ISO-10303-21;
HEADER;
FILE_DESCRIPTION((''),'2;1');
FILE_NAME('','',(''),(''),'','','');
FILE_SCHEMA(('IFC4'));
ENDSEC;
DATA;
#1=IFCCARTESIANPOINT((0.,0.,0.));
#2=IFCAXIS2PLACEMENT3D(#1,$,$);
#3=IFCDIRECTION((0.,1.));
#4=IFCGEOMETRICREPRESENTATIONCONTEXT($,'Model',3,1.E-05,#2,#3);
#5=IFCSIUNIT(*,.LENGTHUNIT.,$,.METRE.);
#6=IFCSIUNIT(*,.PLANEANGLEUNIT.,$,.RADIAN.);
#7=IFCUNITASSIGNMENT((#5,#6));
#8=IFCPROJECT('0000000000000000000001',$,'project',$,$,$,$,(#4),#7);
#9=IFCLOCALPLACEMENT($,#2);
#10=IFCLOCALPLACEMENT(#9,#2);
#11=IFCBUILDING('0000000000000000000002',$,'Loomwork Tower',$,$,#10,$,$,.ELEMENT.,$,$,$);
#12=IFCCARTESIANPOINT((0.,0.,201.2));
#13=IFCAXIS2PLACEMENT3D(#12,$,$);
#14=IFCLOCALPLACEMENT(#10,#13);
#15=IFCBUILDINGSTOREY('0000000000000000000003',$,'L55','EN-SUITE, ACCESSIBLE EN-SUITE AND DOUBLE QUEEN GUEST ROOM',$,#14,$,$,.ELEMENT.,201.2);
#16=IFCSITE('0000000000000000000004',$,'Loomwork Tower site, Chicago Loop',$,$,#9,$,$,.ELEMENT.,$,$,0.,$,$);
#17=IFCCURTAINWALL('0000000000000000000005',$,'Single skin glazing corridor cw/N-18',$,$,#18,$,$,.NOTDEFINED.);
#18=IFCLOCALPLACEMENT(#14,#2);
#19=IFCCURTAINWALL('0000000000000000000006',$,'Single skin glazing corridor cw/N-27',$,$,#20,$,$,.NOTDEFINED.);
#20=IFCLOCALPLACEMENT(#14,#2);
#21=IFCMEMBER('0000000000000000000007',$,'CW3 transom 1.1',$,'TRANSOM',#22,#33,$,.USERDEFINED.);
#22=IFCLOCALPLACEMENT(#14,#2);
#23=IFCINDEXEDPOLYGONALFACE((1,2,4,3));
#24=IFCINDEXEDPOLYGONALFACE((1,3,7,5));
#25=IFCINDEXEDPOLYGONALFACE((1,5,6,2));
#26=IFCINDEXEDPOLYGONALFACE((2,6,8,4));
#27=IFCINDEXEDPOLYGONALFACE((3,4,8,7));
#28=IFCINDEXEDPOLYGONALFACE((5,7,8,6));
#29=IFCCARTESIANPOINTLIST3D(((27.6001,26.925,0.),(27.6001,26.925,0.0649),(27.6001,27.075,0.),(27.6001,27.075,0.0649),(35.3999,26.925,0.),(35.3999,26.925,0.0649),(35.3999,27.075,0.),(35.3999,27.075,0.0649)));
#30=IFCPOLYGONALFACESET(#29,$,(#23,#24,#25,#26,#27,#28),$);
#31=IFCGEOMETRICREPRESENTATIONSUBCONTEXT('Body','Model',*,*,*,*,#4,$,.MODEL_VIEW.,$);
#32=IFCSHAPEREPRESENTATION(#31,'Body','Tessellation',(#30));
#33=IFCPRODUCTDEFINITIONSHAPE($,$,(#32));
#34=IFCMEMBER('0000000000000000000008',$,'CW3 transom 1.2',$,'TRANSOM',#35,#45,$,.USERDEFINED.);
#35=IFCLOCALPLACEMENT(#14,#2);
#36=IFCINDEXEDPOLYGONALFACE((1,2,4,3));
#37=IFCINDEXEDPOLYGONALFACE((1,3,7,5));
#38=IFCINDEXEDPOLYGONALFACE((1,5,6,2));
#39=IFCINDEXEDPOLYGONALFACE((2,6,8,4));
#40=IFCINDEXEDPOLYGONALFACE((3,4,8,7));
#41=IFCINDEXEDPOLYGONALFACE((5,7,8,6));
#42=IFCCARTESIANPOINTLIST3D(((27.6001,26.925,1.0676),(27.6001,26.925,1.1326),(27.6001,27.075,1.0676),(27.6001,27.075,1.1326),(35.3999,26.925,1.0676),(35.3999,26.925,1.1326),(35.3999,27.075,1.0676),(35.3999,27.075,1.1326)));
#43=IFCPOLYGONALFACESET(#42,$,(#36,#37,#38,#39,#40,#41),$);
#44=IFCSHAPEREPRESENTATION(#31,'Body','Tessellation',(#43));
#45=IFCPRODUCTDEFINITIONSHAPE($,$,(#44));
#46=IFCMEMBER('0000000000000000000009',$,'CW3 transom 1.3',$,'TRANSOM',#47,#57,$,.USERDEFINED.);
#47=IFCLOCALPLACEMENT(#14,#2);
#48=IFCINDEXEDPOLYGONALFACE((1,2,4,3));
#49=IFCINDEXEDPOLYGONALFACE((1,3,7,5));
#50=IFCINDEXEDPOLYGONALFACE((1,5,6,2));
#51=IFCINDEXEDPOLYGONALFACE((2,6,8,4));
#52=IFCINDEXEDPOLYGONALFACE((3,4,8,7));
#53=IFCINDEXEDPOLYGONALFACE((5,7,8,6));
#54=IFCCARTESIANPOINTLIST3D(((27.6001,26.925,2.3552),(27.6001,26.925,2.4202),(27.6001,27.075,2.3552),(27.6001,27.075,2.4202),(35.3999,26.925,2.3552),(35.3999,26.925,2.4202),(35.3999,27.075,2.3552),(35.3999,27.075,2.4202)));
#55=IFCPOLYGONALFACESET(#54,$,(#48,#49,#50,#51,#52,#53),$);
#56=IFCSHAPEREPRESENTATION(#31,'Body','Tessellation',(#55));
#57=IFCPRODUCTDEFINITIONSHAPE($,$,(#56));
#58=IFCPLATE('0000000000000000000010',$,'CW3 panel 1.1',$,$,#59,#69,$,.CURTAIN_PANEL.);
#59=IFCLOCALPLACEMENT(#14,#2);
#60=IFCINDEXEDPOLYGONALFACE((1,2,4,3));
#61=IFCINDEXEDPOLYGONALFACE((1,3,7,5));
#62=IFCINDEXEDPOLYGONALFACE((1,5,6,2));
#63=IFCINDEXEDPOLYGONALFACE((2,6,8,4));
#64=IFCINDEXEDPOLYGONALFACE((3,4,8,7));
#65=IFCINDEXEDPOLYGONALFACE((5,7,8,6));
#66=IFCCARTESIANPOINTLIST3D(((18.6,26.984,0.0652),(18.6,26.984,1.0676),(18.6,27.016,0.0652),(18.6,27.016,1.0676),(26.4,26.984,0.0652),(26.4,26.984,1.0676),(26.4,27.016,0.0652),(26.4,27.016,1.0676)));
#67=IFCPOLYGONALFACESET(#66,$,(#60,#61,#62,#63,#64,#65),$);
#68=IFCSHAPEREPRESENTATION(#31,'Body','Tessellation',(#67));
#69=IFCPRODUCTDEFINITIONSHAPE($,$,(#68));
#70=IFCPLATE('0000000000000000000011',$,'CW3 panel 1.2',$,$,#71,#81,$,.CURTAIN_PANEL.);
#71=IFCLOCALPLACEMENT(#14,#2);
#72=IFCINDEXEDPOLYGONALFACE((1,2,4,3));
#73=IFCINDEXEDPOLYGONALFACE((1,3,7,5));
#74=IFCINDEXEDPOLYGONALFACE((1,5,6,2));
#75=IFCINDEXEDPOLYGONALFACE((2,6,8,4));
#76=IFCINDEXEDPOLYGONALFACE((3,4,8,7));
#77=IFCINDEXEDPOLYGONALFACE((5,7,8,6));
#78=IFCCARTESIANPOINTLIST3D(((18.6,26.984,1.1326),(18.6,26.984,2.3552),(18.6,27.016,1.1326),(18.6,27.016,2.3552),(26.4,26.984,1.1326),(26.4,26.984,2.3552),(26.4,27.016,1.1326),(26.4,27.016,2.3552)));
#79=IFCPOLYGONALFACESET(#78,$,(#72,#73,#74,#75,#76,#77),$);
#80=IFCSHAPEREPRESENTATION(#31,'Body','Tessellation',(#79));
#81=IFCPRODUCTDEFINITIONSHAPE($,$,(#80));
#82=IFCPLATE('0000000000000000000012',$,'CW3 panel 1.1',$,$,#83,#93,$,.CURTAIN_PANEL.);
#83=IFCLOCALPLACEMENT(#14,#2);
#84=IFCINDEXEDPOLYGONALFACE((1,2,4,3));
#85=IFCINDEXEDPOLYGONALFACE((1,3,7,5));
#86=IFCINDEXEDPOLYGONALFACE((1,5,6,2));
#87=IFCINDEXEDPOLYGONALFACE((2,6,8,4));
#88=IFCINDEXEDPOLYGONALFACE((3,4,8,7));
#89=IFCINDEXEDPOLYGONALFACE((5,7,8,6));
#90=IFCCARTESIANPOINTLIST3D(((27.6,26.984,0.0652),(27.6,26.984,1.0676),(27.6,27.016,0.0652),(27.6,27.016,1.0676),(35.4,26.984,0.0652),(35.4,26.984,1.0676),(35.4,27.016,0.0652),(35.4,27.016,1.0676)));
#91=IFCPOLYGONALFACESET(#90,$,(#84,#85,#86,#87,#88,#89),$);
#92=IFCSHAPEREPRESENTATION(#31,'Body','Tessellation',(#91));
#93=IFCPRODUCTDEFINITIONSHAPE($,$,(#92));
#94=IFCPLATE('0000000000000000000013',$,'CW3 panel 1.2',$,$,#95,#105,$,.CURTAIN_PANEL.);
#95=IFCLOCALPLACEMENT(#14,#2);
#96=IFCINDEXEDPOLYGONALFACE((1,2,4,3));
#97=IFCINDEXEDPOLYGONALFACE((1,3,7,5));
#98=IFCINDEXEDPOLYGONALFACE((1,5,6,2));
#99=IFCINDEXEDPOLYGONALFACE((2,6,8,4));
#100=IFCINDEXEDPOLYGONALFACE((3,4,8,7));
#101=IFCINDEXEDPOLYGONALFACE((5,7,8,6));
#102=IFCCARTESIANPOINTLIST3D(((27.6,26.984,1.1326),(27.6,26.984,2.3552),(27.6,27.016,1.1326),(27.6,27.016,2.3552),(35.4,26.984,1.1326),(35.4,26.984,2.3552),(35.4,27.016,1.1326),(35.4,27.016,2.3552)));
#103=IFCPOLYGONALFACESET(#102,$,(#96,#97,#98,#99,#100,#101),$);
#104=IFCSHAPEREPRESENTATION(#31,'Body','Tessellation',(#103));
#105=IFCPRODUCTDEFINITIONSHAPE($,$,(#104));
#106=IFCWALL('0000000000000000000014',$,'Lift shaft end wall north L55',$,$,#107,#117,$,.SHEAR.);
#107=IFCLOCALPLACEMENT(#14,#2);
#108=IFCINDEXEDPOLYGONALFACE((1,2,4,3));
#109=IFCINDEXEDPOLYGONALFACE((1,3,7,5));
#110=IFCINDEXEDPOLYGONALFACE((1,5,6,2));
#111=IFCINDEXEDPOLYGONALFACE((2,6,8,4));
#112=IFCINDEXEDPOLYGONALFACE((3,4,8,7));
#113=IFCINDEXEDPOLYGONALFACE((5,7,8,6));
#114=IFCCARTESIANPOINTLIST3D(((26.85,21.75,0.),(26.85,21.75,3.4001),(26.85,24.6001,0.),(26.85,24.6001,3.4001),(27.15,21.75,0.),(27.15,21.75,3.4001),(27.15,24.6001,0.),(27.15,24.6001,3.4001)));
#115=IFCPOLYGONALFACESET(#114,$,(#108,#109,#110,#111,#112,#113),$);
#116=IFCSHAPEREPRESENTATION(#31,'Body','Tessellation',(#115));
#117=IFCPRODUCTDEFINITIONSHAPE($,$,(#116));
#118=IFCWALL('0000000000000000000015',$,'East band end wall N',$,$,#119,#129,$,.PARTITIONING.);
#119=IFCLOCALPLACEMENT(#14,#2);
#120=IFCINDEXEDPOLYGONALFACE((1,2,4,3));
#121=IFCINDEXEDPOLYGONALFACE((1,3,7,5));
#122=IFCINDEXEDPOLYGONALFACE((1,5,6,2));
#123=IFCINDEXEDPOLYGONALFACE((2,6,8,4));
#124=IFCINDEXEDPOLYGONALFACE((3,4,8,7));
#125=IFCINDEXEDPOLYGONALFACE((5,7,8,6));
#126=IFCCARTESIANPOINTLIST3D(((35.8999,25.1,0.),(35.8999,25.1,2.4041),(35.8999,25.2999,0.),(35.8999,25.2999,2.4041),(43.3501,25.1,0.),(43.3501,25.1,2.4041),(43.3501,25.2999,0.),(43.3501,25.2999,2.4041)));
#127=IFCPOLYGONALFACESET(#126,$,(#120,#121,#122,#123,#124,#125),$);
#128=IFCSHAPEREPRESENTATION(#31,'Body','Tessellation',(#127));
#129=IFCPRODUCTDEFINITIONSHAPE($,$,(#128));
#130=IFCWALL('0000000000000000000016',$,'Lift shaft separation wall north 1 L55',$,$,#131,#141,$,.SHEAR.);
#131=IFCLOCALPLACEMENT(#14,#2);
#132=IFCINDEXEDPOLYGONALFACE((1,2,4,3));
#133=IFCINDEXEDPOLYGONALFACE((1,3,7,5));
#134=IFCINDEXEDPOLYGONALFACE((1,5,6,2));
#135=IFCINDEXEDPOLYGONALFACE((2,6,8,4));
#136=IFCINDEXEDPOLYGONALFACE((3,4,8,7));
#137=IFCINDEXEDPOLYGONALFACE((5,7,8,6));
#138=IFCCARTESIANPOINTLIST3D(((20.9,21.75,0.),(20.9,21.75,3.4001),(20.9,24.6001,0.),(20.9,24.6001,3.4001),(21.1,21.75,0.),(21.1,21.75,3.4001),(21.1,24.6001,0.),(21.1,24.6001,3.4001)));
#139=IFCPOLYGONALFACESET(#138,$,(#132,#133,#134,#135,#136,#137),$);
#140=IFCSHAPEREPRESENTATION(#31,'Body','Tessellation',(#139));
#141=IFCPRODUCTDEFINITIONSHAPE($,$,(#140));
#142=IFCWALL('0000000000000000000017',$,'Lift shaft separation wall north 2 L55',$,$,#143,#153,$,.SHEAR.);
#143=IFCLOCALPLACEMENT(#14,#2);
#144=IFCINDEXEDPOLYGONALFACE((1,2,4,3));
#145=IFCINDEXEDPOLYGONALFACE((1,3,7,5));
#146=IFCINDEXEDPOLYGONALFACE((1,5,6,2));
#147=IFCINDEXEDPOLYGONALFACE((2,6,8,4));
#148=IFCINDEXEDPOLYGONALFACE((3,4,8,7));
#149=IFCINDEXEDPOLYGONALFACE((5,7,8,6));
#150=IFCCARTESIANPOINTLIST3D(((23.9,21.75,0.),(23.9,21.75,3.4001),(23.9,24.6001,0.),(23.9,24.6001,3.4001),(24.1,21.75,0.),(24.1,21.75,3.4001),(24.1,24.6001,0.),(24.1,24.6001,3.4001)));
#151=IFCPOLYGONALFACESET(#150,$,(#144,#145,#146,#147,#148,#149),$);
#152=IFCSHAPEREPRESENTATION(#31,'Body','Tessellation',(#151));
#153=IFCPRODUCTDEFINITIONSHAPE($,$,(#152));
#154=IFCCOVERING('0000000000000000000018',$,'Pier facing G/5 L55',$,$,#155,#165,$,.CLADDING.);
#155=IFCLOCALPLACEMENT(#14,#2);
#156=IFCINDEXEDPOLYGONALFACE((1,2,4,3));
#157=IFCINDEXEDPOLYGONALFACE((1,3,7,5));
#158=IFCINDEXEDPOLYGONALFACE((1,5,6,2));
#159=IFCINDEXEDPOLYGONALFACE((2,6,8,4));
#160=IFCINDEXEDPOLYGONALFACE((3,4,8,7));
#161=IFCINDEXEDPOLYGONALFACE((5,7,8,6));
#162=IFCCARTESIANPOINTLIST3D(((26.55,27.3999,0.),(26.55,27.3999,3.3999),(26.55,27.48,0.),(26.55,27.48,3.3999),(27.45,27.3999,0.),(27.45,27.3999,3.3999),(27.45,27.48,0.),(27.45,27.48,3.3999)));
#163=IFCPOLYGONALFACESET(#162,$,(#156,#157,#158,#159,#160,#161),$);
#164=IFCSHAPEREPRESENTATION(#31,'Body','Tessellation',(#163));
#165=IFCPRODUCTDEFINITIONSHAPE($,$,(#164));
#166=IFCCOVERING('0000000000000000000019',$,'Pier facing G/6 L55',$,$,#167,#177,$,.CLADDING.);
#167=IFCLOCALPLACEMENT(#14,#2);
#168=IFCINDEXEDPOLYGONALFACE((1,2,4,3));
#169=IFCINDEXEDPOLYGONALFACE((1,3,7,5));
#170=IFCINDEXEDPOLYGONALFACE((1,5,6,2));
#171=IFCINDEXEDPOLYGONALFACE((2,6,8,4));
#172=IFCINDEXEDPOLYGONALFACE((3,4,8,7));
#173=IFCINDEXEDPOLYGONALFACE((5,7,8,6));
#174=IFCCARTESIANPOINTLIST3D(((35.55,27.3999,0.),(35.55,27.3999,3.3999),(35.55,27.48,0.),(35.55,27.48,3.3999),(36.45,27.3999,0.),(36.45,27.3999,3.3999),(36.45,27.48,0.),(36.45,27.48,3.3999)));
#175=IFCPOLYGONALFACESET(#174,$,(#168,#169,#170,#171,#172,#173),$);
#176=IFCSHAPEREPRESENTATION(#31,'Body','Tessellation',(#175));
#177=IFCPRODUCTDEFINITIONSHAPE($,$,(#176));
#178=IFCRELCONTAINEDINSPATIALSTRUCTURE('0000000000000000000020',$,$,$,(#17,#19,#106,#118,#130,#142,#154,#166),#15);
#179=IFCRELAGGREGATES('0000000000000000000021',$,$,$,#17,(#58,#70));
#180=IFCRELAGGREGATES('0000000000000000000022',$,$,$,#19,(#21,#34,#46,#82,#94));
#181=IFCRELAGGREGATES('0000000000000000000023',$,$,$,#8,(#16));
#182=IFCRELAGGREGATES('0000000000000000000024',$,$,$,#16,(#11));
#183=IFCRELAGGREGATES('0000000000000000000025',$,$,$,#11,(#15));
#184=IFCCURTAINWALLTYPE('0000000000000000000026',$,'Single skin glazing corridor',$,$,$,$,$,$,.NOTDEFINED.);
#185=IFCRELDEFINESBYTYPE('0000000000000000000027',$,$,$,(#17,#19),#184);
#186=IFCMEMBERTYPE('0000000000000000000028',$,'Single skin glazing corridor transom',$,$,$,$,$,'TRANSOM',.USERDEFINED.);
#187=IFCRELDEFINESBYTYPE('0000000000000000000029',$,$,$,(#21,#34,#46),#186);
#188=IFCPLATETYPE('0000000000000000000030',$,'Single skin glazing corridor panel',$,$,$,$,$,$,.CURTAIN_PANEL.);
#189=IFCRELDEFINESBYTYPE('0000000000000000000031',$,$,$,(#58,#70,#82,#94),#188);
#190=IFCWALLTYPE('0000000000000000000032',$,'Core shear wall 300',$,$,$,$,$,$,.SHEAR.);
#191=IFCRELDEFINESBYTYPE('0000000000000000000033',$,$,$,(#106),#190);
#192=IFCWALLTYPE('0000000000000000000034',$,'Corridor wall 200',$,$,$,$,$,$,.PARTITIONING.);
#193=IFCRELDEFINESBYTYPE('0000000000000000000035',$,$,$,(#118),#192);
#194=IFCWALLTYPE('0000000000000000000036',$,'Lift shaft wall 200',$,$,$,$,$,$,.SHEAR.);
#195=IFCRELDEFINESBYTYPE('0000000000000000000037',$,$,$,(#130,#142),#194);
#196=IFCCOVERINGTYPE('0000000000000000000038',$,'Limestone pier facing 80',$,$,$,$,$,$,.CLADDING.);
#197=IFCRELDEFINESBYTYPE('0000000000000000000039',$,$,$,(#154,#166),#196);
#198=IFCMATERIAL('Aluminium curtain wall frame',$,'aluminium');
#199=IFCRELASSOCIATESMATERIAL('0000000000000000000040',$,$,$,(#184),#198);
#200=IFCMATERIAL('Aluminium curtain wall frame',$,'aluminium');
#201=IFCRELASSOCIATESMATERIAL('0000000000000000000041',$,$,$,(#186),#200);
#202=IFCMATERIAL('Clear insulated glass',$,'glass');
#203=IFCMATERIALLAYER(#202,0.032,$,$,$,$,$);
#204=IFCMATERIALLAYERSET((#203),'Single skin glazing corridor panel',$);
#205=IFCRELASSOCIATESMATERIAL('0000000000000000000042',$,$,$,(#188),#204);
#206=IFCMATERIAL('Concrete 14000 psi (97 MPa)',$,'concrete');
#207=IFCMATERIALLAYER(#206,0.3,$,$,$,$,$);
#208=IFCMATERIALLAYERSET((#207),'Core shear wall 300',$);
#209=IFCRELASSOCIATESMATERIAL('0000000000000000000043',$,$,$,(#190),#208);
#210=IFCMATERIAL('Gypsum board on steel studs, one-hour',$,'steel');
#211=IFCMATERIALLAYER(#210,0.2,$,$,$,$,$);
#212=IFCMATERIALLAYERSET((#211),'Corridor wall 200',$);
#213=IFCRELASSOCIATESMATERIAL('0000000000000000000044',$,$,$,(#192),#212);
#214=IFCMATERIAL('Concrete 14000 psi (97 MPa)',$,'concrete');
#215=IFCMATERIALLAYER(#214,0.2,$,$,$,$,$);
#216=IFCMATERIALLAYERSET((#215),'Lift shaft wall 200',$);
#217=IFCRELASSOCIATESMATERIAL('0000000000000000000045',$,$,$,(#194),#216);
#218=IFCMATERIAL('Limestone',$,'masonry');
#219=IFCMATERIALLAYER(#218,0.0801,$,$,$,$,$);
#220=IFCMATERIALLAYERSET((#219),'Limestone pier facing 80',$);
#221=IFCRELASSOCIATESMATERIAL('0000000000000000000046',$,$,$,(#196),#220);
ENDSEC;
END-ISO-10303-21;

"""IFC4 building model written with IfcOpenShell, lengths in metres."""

from ifc_helpers import new_model, si_unit, direction, frame, frame_2d, origin, origin_2d, place, context, subcontext, project, spatial, rectangle, extrude, material, layer, layer_set, material_profile, profile_set, type_object, element, aggregate, save


model = new_model("IFC4")

# Units and contexts
model_context = context("Model", 3, precision=1e-05, world=origin(), true_north=direction((0.0, 1.0)))
body_context = subcontext(model_context, "Body", "Model", "MODEL_VIEW")
ifc_project = project(units=[si_unit("LENGTHUNIT", "METRE"), si_unit("PLANEANGLEUNIT", "RADIAN")], contexts=[model_context])

# Site, building, storey
site_placement = place(None, origin())
site = spatial("IfcSite", under=ifc_project, at=site_placement, Name="Loomwork Tower site, Chicago Loop", CompositionType="ELEMENT", RefElevation=0.0)
building_placement = place(site_placement, origin())
building = spatial("IfcBuilding", under=site, at=building_placement, Name="Loomwork Tower", CompositionType="ELEMENT")
storey_placement = place(building_placement, frame((0.0, 0.0, 201.2)))
storey = spatial("IfcBuildingStorey", under=building, at=storey_placement, Name="L55", Description="EN-SUITE, ACCESSIBLE EN-SUITE AND DOUBLE QUEEN GUEST ROOM", CompositionType="ELEMENT", Elevation=201.2)

# Curtain wall
ifc_material_1 = material(Name="Aluminium curtain wall frame", Category="aluminium")
curtain_wall_type = type_object("IfcCurtainWallType", Name="Single skin glazing corridor", PredefinedType="NOTDEFINED", material=ifc_material_1)
curtain_wall_1_placement = place(storey_placement, origin())
curtain_wall_1 = element("IfcCurtainWall", 1, at=curtain_wall_1_placement, inside=storey, type_object=curtain_wall_type, Name="Single skin glazing corridor cw/N-18", PredefinedType="NOTDEFINED")

# Curtain wall
curtain_wall_2_placement = place(storey_placement, origin())
curtain_wall_2 = element("IfcCurtainWall", 2, at=curtain_wall_2_placement, inside=storey, type_object=curtain_wall_type, Name="Single skin glazing corridor cw/N-27", PredefinedType="NOTDEFINED")

# Members
ifc_material_2 = material(Name="Aluminium curtain wall frame", Category="aluminium")
ifc_material_profile_1 = material_profile(ifc_material_2, rectangle(XDim=0.1499, YDim=0.0649, at=origin_2d()), Name="AL 65x150")
ifc_profile_set_1 = profile_set([ifc_material_profile_1], Name="Aluminium curtain wall frame")
member_type_1 = type_object("IfcMemberType", Name="Single skin glazing corridor transom", ElementType="TRANSOM", PredefinedType="USERDEFINED", material=ifc_profile_set_1)
member_1_placement = place(storey_placement, frame((35.3999, 27.0, 0.0325), z_axis=(-1.0, 0.0, 0.0), x_axis=(0.0, -1.0, 0.0)))
member_1 = element("IfcMember", 3, at=member_1_placement, type_object=member_type_1, Name="CW3 transom 1.1", ObjectType="TRANSOM", PredefinedType="USERDEFINED", context=body_context, shape_type="SweptSolid", body=[
    extrude(rectangle(XDim=0.1499, YDim=0.0649, at=origin_2d()), origin(), (0.0, 0.0, 1.0), 7.7998),
])
member_2_placement = place(storey_placement, frame((35.3999, 27.0, 1.1001), z_axis=(-1.0, 0.0, 0.0), x_axis=(0.0, -1.0, 0.0)))
member_2 = element("IfcMember", 4, at=member_2_placement, type_object=member_type_1, Name="CW3 transom 1.2", ObjectType="TRANSOM", PredefinedType="USERDEFINED", context=body_context, shape_type="SweptSolid", body=[
    extrude(rectangle(XDim=0.1499, YDim=0.0649, at=origin_2d()), origin(), (0.0, 0.0, 1.0), 7.7998),
])
member_3_placement = place(storey_placement, frame((35.3999, 27.0, 2.3877), z_axis=(-1.0, 0.0, 0.0), x_axis=(0.0, -1.0, 0.0)))
member_3 = element("IfcMember", 5, at=member_3_placement, type_object=member_type_1, Name="CW3 transom 1.3", ObjectType="TRANSOM", PredefinedType="USERDEFINED", context=body_context, shape_type="SweptSolid", body=[
    extrude(rectangle(XDim=0.1499, YDim=0.0649, at=origin_2d()), origin(), (0.0, 0.0, 1.0), 7.7998),
])

# Plates
ifc_material_3 = material(Name="Clear insulated glass", Category="glass")
ifc_layer_1 = layer(ifc_material_3, 0.032)
ifc_layer_set_1 = layer_set([ifc_layer_1], Name="Single skin glazing corridor panel")
plate_type = type_object("IfcPlateType", Name="Single skin glazing corridor panel", PredefinedType="CURTAIN_PANEL", material=ifc_layer_set_1)
plate_1_placement = place(storey_placement, frame((22.5, 27.0, 0.0652), z_axis=(0.0, 0.0, 1.0), x_axis=(-1.0, 0.0, 0.0)))
plate_1 = element("IfcPlate", 6, at=plate_1_placement, type_object=plate_type, Name="CW3 panel 1.1", PredefinedType="CURTAIN_PANEL", context=body_context, shape_type="SweptSolid", body=[
    extrude(rectangle(XDim=7.8, YDim=0.032, at=origin_2d()), origin(), (0.0, 0.0, 1.0), 1.0024),
])
plate_2_placement = place(storey_placement, frame((22.5, 27.0, 1.1326), z_axis=(0.0, 0.0, 1.0), x_axis=(-1.0, 0.0, 0.0)))
plate_2 = element("IfcPlate", 7, at=plate_2_placement, type_object=plate_type, Name="CW3 panel 1.2", PredefinedType="CURTAIN_PANEL", context=body_context, shape_type="SweptSolid", body=[
    extrude(rectangle(XDim=7.8, YDim=0.032, at=origin_2d()), origin(), (0.0, 0.0, 1.0), 1.2227),
])
aggregate(curtain_wall_1, [plate_1, plate_2])
plate_3_placement = place(storey_placement, frame((31.5, 27.0, 0.0652), z_axis=(0.0, 0.0, 1.0), x_axis=(-1.0, 0.0, 0.0)))
plate_3 = element("IfcPlate", 8, at=plate_3_placement, type_object=plate_type, Name="CW3 panel 1.1", PredefinedType="CURTAIN_PANEL", context=body_context, shape_type="SweptSolid", body=[
    extrude(rectangle(XDim=7.8, YDim=0.032, at=origin_2d()), origin(), (0.0, 0.0, 1.0), 1.0024),
])
plate_4_placement = place(storey_placement, frame((31.5, 27.0, 1.1326), z_axis=(0.0, 0.0, 1.0), x_axis=(-1.0, 0.0, 0.0)))
plate_4 = element("IfcPlate", 9, at=plate_4_placement, type_object=plate_type, Name="CW3 panel 1.2", PredefinedType="CURTAIN_PANEL", context=body_context, shape_type="SweptSolid", body=[
    extrude(rectangle(XDim=7.8, YDim=0.032, at=origin_2d()), origin(), (0.0, 0.0, 1.0), 1.2227),
])
aggregate(curtain_wall_2, [member_1, member_2, member_3, plate_3, plate_4])

# Walls
ifc_material_4 = material(Name="Concrete 14000 psi (97 MPa)", Category="concrete")
ifc_layer_2 = layer(ifc_material_4, 0.3)
ifc_layer_set_2 = layer_set([ifc_layer_2], Name="Core shear wall 300")
wall_type_1 = type_object("IfcWallType", Name="Core shear wall 300", PredefinedType="SHEAR", material=ifc_layer_set_2)
wall_1_placement = place(storey_placement, frame((27.0, 21.75, 0.0), z_axis=(0.0, 0.0, 1.0), x_axis=(0.0, 1.0, 0.0)))
element("IfcWall", 10, at=wall_1_placement, inside=storey, type_object=wall_type_1, Name="Lift shaft end wall north L55", PredefinedType="SHEAR", context=body_context, shape_type="SweptSolid", body=[
    extrude(rectangle(XDim=2.8501, YDim=0.3, at=frame_2d((1.425, 0.0))), origin(), (0.0, 0.0, 1.0), 3.4001),
])
ifc_material_5 = material(Name="Gypsum board on steel studs, one-hour", Category="steel")
ifc_layer_3 = layer(ifc_material_5, 0.2)
ifc_layer_set_3 = layer_set([ifc_layer_3], Name="Corridor wall 200")
wall_type_2 = type_object("IfcWallType", Name="Corridor wall 200", PredefinedType="PARTITIONING", material=ifc_layer_set_3)
wall_2_placement = place(storey_placement, frame((35.8999, 25.2, 0.0), z_axis=(0.0, 0.0, 1.0), x_axis=(1.0, 0.0, 0.0)))
element("IfcWall", 11, at=wall_2_placement, inside=storey, type_object=wall_type_2, Name="East band end wall N", PredefinedType="PARTITIONING", context=body_context, shape_type="SweptSolid", body=[
    extrude(rectangle(XDim=7.4502, YDim=0.2, at=frame_2d((3.7251, 0.0))), origin(), (0.0, 0.0, 1.0), 2.4041),
])
ifc_material_6 = material(Name="Concrete 14000 psi (97 MPa)", Category="concrete")
ifc_layer_4 = layer(ifc_material_6, 0.2)
ifc_layer_set_4 = layer_set([ifc_layer_4], Name="Lift shaft wall 200")
wall_type_3 = type_object("IfcWallType", Name="Lift shaft wall 200", PredefinedType="SHEAR", material=ifc_layer_set_4)
for number, where, z_axis, x_axis, name in (
    (12, (21.0, 21.75, 0.0), (0.0, 0.0, 1.0), (0.0, 1.0, 0.0), "Lift shaft separation wall north 1 L55"),
    (13, (24.0, 21.75, 0.0), (0.0, 0.0, 1.0), (0.0, 1.0, 0.0), "Lift shaft separation wall north 2 L55"),
):
    element("IfcWall", number, at=place(storey_placement, frame(where, z_axis=z_axis, x_axis=x_axis)), inside=storey, type_object=wall_type_3, Name=name, PredefinedType="SHEAR", context=body_context, shape_type="SweptSolid", body=[
        extrude(rectangle(XDim=2.8501, YDim=0.2, at=frame_2d((1.425, 0.0))), origin(), (0.0, 0.0, 1.0), 3.4001),
    ])

# Coverings
ifc_material_7 = material(Name="Limestone", Category="masonry")
ifc_layer_5 = layer(ifc_material_7, 0.0801)
ifc_layer_set_5 = layer_set([ifc_layer_5], Name="Limestone pier facing 80")
covering_type = type_object("IfcCoveringType", Name="Limestone pier facing 80", PredefinedType="CLADDING", material=ifc_layer_set_5)
for number, where, z_axis, x_axis, name in (
    (14, (27.0, 27.4399, 0.0), (0.0, 0.0, 1.0), (1.0, 0.0, 0.0), "Pier facing G/5 L55"),
    (15, (36.0, 27.4399, 0.0), (0.0, 0.0, 1.0), (1.0, 0.0, 0.0), "Pier facing G/6 L55"),
):
    element("IfcCovering", number, at=place(storey_placement, frame(where, z_axis=z_axis, x_axis=x_axis)), inside=storey, type_object=covering_type, Name=name, PredefinedType="CLADDING", context=body_context, shape_type="SweptSolid", body=[
        extrude(rectangle(XDim=0.8999, YDim=0.0801, at=origin_2d()), origin(), (0.0, 0.0, 1.0), 3.3999),
    ])

save(model, "model.ifc")
